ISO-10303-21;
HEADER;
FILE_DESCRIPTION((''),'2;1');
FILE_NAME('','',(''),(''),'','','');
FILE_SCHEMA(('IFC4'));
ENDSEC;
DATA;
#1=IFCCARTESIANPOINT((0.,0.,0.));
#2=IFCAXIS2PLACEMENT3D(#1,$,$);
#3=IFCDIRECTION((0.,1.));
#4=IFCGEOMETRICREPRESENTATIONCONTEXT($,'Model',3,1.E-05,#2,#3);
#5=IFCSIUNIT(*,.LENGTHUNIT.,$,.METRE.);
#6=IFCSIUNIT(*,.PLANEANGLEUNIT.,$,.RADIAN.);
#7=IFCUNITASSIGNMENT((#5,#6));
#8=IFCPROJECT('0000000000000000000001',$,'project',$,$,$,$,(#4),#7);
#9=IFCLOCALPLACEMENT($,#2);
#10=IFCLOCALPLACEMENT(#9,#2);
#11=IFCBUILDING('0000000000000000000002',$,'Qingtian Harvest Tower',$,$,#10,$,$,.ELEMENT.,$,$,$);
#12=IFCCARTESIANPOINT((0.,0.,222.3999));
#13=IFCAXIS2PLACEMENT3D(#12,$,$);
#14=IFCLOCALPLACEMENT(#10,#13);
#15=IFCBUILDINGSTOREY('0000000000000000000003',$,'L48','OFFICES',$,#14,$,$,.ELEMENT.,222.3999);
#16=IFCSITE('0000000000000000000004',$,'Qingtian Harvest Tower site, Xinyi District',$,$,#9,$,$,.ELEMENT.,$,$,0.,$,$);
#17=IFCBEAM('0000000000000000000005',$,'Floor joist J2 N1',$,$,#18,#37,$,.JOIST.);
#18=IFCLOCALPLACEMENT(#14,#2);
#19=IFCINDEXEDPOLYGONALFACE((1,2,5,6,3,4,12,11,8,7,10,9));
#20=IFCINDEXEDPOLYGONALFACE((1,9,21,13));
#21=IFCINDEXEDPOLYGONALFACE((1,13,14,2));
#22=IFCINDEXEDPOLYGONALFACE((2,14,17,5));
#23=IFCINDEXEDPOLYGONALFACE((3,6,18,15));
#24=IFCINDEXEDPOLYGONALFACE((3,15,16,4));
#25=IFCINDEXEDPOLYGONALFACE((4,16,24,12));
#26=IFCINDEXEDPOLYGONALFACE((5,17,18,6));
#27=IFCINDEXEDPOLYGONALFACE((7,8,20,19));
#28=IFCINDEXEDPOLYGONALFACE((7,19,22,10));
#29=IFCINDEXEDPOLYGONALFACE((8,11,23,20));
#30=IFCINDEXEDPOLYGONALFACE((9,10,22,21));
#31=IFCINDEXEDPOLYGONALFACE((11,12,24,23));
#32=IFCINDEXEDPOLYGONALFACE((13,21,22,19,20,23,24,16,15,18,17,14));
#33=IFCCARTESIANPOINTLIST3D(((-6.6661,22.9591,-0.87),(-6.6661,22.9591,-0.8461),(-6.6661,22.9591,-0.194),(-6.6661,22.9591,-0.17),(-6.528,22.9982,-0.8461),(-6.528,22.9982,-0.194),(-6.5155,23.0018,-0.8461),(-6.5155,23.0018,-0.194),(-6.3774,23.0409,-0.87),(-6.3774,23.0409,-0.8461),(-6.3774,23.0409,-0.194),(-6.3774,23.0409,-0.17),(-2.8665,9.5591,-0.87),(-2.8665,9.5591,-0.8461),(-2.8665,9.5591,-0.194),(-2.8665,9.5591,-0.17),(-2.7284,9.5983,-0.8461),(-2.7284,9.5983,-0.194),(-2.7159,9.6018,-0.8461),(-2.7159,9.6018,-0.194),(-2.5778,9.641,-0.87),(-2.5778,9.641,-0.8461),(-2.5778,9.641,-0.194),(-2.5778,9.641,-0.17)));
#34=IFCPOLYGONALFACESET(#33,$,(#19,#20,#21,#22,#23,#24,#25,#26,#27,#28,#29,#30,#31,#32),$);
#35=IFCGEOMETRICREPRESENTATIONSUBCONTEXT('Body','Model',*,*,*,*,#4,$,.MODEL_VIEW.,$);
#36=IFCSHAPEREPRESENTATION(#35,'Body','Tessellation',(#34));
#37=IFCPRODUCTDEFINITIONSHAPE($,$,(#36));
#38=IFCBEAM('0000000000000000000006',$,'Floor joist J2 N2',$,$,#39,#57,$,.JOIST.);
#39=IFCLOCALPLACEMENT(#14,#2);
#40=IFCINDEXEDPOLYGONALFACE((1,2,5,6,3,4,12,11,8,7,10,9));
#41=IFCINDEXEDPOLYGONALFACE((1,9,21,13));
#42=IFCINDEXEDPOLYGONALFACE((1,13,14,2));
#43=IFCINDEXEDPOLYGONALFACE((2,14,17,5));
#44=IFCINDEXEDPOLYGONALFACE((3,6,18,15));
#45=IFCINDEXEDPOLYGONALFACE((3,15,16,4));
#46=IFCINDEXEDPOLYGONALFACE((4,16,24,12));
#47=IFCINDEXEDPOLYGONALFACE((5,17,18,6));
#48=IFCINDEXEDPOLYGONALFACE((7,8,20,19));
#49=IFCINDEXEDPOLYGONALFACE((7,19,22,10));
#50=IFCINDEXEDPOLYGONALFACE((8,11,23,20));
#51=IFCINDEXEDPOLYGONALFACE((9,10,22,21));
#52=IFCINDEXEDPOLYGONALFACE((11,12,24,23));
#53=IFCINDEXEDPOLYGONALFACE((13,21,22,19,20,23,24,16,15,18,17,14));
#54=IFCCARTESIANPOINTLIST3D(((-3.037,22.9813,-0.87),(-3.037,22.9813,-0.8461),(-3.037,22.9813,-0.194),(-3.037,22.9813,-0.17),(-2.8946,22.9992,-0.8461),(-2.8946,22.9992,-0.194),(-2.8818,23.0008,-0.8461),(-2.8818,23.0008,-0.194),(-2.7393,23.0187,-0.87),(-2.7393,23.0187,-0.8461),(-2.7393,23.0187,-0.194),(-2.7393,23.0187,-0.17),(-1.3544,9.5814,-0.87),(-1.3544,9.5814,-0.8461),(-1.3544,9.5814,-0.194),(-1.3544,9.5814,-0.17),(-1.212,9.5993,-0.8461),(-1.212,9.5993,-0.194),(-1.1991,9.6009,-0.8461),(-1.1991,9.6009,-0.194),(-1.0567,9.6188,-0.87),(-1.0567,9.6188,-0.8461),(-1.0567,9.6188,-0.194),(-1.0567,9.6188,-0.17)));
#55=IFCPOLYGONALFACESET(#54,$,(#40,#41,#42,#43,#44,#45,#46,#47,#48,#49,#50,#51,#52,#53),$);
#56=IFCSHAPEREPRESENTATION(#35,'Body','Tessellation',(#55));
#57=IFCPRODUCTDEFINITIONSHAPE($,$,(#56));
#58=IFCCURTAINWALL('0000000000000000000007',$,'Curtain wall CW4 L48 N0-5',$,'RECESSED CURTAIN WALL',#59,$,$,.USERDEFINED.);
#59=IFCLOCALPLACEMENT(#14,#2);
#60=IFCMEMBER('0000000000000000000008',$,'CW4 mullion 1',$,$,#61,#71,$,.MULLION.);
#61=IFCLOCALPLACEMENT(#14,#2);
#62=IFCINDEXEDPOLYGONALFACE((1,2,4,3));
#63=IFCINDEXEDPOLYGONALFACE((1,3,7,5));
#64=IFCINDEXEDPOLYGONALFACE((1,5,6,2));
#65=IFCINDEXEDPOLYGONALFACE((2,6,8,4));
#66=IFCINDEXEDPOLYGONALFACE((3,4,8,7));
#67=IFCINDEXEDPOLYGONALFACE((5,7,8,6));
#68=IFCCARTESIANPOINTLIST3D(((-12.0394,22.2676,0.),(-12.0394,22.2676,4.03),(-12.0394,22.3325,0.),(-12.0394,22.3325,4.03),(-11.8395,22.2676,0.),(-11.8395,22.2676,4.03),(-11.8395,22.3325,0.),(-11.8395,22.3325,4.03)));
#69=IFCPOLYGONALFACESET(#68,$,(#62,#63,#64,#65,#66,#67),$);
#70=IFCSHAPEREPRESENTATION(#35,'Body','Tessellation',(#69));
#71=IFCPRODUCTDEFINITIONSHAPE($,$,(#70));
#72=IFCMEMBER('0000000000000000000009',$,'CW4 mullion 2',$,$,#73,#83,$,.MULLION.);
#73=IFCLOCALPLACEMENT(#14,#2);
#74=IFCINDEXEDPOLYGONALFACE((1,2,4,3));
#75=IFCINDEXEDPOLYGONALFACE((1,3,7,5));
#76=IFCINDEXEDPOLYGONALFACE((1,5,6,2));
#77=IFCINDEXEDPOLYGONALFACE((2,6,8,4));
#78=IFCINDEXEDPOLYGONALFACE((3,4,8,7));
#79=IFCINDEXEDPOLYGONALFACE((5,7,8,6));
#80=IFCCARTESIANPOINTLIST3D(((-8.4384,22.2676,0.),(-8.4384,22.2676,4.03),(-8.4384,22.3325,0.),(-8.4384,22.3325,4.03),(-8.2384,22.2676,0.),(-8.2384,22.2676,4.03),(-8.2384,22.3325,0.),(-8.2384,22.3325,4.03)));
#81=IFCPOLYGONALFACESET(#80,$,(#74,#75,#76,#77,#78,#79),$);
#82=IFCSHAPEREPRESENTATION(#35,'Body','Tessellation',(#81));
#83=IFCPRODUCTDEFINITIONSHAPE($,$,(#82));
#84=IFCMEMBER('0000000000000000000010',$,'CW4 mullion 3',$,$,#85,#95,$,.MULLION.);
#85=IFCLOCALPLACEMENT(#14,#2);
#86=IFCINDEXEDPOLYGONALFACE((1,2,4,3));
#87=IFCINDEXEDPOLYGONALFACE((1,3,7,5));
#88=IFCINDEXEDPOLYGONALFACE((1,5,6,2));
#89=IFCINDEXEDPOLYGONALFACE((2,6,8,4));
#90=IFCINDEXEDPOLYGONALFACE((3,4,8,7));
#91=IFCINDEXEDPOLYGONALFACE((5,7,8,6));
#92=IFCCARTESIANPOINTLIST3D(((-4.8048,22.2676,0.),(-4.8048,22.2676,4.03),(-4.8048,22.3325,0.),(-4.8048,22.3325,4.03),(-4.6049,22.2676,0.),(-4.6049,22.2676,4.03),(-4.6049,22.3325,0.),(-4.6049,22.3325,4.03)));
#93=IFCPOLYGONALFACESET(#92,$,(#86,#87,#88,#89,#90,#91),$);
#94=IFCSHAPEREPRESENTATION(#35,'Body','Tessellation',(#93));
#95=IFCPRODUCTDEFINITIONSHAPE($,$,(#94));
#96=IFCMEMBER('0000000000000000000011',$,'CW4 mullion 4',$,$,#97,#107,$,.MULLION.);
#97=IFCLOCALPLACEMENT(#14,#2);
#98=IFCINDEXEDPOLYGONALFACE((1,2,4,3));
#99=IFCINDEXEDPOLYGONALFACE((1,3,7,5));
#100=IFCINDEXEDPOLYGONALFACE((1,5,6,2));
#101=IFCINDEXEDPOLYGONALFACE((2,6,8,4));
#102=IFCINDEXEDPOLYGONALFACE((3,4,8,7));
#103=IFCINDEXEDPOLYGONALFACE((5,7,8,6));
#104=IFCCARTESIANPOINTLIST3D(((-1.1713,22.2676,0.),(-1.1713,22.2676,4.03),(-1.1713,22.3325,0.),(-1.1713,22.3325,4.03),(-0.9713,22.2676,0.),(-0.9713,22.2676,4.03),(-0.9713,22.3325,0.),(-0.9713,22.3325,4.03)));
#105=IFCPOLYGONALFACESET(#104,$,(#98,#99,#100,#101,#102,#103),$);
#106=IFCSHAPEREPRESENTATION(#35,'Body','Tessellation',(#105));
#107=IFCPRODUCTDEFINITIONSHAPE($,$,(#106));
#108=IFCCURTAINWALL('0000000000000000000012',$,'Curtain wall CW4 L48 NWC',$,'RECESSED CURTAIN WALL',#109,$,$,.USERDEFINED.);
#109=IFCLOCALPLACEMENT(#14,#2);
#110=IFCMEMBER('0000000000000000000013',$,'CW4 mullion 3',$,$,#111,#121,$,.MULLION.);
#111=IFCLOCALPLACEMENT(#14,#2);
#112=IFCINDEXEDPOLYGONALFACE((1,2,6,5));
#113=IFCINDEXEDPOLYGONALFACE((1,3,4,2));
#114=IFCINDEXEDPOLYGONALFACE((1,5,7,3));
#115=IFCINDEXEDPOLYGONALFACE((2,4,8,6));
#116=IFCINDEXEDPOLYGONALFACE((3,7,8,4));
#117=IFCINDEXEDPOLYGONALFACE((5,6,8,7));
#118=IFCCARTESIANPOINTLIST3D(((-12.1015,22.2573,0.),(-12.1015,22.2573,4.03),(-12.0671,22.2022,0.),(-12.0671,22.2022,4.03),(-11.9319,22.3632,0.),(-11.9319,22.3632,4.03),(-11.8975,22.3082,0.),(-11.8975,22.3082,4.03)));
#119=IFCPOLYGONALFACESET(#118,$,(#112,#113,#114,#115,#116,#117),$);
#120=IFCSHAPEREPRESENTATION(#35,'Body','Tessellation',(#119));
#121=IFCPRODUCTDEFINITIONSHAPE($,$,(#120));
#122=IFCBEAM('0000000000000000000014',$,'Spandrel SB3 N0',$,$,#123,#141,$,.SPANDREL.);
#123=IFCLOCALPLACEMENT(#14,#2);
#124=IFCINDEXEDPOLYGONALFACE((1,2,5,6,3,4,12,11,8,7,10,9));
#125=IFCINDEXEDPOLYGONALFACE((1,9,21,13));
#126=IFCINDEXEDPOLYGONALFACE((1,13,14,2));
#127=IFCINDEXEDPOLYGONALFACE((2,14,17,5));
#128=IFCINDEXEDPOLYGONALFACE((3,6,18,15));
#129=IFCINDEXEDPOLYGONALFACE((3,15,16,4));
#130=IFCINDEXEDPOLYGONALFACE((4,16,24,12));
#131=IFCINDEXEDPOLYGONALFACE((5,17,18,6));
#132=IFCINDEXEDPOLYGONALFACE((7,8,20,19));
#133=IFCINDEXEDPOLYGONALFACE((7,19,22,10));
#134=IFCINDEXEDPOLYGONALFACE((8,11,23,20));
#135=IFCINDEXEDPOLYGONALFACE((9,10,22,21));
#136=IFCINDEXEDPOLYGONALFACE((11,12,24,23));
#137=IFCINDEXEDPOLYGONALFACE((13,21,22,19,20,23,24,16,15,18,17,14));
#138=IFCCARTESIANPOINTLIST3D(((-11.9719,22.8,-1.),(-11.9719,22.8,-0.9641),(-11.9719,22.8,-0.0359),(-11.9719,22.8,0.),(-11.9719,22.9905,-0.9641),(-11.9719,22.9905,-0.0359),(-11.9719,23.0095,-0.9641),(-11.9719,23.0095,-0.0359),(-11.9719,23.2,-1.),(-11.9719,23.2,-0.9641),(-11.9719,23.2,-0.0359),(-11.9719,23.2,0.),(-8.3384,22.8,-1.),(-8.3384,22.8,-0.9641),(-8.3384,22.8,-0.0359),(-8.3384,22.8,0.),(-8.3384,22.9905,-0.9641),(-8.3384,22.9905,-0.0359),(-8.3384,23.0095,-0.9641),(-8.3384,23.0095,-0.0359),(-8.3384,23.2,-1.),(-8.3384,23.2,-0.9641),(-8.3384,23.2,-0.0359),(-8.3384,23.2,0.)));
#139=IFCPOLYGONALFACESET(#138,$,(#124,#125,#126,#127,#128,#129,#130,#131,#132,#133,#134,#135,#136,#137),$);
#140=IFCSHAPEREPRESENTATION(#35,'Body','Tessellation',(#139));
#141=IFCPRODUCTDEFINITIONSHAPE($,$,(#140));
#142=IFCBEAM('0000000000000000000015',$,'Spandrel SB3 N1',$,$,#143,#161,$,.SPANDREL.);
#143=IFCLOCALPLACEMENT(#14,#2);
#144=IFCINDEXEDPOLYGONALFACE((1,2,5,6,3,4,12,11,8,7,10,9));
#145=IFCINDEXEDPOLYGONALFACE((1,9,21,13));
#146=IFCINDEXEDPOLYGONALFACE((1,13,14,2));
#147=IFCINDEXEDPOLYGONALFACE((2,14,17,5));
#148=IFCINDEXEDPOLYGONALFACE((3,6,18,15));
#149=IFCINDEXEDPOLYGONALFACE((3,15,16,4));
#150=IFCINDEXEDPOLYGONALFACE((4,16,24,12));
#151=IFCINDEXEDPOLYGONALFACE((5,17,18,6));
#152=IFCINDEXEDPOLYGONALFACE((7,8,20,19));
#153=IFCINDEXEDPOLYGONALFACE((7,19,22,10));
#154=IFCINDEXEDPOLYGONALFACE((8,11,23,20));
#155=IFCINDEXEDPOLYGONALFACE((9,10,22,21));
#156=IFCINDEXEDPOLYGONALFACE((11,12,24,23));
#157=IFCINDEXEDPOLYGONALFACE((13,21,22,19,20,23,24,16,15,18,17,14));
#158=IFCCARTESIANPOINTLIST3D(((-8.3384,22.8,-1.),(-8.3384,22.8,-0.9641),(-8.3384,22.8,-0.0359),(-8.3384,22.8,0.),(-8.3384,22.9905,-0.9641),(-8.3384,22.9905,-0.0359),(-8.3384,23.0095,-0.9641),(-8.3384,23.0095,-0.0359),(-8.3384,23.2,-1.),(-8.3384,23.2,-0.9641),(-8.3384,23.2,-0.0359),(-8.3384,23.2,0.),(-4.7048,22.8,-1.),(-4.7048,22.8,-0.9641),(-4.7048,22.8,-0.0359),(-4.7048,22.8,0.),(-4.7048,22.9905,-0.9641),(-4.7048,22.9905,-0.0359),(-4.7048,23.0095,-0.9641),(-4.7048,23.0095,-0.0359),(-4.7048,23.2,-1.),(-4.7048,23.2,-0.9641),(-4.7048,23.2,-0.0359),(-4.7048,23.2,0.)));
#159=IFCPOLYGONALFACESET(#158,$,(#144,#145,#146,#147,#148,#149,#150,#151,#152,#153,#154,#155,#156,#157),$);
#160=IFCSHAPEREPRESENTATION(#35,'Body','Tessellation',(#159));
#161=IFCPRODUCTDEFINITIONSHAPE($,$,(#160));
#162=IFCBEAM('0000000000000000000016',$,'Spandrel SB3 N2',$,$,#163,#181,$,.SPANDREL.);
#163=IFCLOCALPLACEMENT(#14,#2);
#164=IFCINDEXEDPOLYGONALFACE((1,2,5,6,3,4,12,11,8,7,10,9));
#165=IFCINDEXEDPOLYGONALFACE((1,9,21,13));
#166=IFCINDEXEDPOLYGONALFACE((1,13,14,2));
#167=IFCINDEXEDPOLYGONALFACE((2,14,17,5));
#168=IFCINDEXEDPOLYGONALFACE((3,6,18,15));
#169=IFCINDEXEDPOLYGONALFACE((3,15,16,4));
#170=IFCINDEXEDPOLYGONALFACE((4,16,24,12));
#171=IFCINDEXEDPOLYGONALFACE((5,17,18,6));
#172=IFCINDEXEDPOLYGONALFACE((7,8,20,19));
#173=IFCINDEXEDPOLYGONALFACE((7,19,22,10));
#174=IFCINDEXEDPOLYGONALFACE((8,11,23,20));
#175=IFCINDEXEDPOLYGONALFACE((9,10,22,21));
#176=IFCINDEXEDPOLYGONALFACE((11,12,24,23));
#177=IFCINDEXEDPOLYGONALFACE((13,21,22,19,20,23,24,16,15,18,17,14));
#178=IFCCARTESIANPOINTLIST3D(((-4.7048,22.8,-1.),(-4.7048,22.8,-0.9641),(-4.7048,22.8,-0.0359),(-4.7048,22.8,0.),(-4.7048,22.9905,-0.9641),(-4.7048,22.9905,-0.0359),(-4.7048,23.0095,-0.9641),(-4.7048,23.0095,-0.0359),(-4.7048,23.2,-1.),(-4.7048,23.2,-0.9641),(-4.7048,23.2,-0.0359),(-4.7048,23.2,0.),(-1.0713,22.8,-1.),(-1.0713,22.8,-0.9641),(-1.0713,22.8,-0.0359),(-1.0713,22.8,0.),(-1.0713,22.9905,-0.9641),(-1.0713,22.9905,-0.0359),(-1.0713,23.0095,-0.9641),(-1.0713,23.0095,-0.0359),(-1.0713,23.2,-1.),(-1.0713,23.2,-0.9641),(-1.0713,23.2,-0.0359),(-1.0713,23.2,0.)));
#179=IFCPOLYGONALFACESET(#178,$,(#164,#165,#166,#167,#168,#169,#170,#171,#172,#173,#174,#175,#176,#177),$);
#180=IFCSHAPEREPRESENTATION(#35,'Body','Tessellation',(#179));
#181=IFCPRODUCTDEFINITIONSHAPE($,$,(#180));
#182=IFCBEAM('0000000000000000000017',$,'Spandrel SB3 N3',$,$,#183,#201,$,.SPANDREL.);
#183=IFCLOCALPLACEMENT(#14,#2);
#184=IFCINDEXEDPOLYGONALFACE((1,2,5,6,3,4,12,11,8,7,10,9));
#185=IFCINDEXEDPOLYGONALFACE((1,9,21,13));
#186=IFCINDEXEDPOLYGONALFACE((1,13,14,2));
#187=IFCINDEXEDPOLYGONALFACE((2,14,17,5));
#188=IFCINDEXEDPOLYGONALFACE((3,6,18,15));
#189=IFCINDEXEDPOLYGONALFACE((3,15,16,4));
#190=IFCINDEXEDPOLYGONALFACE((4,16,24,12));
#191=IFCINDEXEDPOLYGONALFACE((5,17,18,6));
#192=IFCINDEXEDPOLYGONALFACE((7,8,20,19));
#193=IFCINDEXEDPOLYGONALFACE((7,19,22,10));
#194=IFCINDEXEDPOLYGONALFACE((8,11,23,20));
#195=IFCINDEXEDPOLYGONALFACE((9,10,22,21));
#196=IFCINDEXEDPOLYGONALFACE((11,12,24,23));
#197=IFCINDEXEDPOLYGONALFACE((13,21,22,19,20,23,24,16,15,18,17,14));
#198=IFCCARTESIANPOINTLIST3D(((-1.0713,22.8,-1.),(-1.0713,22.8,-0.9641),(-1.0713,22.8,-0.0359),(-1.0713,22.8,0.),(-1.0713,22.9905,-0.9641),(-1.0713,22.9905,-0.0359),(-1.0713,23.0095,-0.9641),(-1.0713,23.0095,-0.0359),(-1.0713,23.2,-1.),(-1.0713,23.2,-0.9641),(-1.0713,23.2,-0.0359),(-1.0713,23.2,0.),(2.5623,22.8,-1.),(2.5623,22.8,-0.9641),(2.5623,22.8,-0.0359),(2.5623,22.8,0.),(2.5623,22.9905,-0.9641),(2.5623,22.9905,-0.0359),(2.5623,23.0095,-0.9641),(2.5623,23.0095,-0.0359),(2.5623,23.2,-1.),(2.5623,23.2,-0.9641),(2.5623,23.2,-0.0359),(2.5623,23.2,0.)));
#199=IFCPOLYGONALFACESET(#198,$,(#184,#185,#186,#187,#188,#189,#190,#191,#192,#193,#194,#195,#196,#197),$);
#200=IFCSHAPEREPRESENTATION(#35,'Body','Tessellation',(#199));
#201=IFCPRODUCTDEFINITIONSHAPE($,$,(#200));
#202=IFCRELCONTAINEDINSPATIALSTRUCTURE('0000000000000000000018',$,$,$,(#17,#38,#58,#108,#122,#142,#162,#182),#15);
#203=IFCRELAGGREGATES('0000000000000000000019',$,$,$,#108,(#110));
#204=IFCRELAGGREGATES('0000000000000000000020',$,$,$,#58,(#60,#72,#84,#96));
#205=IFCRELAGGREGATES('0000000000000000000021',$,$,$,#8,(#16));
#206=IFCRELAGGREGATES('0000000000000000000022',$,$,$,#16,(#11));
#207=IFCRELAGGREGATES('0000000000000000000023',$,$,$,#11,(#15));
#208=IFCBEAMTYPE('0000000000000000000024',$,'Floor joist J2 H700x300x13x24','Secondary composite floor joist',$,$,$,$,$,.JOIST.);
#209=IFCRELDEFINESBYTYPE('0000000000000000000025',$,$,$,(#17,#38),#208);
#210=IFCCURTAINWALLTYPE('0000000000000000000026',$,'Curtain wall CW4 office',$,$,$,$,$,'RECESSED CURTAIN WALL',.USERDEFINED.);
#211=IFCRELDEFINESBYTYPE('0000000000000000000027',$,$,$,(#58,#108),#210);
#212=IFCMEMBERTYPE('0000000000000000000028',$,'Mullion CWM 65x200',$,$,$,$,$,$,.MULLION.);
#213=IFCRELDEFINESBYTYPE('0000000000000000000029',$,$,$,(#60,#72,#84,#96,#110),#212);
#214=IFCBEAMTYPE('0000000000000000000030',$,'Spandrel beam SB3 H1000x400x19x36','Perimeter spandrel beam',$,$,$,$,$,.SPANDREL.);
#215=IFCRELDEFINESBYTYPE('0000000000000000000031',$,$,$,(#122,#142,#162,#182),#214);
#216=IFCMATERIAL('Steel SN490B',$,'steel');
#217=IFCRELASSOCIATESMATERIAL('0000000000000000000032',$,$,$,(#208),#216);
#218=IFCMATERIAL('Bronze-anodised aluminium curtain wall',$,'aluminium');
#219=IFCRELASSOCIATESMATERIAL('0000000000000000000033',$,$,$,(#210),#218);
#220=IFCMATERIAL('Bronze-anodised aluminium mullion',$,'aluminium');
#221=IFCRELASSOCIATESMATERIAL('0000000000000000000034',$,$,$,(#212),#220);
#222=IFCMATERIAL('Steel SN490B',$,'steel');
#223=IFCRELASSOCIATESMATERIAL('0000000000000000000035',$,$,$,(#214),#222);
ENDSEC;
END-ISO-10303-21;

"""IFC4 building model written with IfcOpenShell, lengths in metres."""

from ifc_helpers import new_model, si_unit, direction, frame, origin, origin_2d, place, context, subcontext, project, spatial, rectangle, i_section, extrude, material, material_profile, profile_set, type_object, element, aggregate, save


model = new_model("IFC4")

# Units and contexts
model_context = context("Model", 3, precision=1e-05, world=origin(), true_north=direction((0.0, 1.0)))
body_context = subcontext(model_context, "Body", "Model", "MODEL_VIEW")
ifc_project = project(units=[si_unit("LENGTHUNIT", "METRE"), si_unit("PLANEANGLEUNIT", "RADIAN")], contexts=[model_context])

# Site, building, storey
site_placement = place(None, origin())
site = spatial("IfcSite", under=ifc_project, at=site_placement, Name="Qingtian Harvest Tower site, Xinyi District", CompositionType="ELEMENT", RefElevation=0.0)
building_placement = place(site_placement, origin())
building = spatial("IfcBuilding", under=site, at=building_placement, Name="Qingtian Harvest Tower", CompositionType="ELEMENT")
storey_placement = place(building_placement, frame((0.0, 0.0, 222.3999)))
storey = spatial("IfcBuildingStorey", under=building, at=storey_placement, Name="L48", Description="OFFICES", CompositionType="ELEMENT", Elevation=222.3999)

# Beams
ifc_material_1 = material(Name="Steel SN490B", Category="steel")
ifc_material_profile_1 = material_profile(ifc_material_1, i_section(OverallWidth=0.3, OverallDepth=0.7, WebThickness=0.0129, FlangeThickness=0.0239, at=origin_2d()), Name="H700x300x13x24")
ifc_profile_set_1 = profile_set([ifc_material_profile_1], Name="Steel SN490B")
beam_type_1 = type_object("IfcBeamType", Name="Floor joist J2 H700x300x13x24", Description="Secondary composite floor joist", PredefinedType="JOIST", material=ifc_profile_set_1)
beam_1_placement = place(storey_placement, frame((-6.5217, 23.0, -0.52), z_axis=(0.272797, -0.962072, 0.0), x_axis=(0.962072, 0.272797, 0.0)))
element("IfcBeam", 1, at=beam_1_placement, inside=storey, type_object=beam_type_1, Name="Floor joist J2 N1", PredefinedType="JOIST", context=body_context, shape_type="SweptSolid", body=[
    extrude(i_section(OverallWidth=0.3, OverallDepth=0.7, WebThickness=0.0129, FlangeThickness=0.0239, at=origin_2d()), origin(), (0.0, 0.0, 1.0), 13.9282),
])
beam_2_placement = place(storey_placement, frame((-2.8882, 23.0, -0.52), z_axis=(0.124591, -0.992208, 0.0), x_axis=(0.992208, 0.124591, 0.0)))
element("IfcBeam", 2, at=beam_2_placement, inside=storey, type_object=beam_type_1, Name="Floor joist J2 N2", PredefinedType="JOIST", context=body_context, shape_type="SweptSolid", body=[
    extrude(i_section(OverallWidth=0.3, OverallDepth=0.7, WebThickness=0.0129, FlangeThickness=0.0239, at=origin_2d()), origin(), (0.0, 0.0, 1.0), 13.5051),
])

# Curtain wall, members
ifc_material_2 = material(Name="Bronze-anodised aluminium curtain wall", Category="aluminium")
curtain_wall_type = type_object("IfcCurtainWallType", Name="Curtain wall CW4 office", ElementType="RECESSED CURTAIN WALL", PredefinedType="USERDEFINED", material=ifc_material_2)
curtain_wall_1_placement = place(storey_placement, origin())
curtain_wall_1 = element("IfcCurtainWall", 3, at=curtain_wall_1_placement, inside=storey, type_object=curtain_wall_type, Name="Curtain wall CW4 L48 N0-5", ObjectType="RECESSED CURTAIN WALL", PredefinedType="USERDEFINED")
ifc_material_3 = material(Name="Bronze-anodised aluminium mullion", Category="aluminium")
ifc_material_profile_2 = material_profile(ifc_material_3, rectangle(XDim=0.0649, YDim=0.2, at=origin_2d()), Name="AL 65x200")
ifc_profile_set_2 = profile_set([ifc_material_profile_2], Name="Bronze-anodised aluminium mullion")
member_type_1 = type_object("IfcMemberType", Name="Mullion CWM 65x200", PredefinedType="MULLION", material=ifc_profile_set_2)
member_1_placement = place(storey_placement, frame((-11.9395, 22.3, 0.0), z_axis=(0.0, 0.0, 1.0), x_axis=(0.0, 1.0, 0.0)))
member_1 = element("IfcMember", 4, at=member_1_placement, type_object=member_type_1, Name="CW4 mullion 1", PredefinedType="MULLION", context=body_context, shape_type="SweptSolid", body=[
    extrude(rectangle(XDim=0.0649, YDim=0.2, at=origin_2d()), origin(), (0.0, 0.0, 1.0), 4.03),
])
member_2_placement = place(storey_placement, frame((-8.3384, 22.3, 0.0), z_axis=(0.0, 0.0, 1.0), x_axis=(0.0, 1.0, 0.0)))
member_2 = element("IfcMember", 5, at=member_2_placement, type_object=member_type_1, Name="CW4 mullion 2", PredefinedType="MULLION", context=body_context, shape_type="SweptSolid", body=[
    extrude(rectangle(XDim=0.0649, YDim=0.2, at=origin_2d()), origin(), (0.0, 0.0, 1.0), 4.03),
])
member_3_placement = place(storey_placement, frame((-4.7048, 22.3, 0.0), z_axis=(0.0, 0.0, 1.0), x_axis=(0.0, 1.0, 0.0)))
member_3 = element("IfcMember", 6, at=member_3_placement, type_object=member_type_1, Name="CW4 mullion 3", PredefinedType="MULLION", context=body_context, shape_type="SweptSolid", body=[
    extrude(rectangle(XDim=0.0649, YDim=0.2, at=origin_2d()), origin(), (0.0, 0.0, 1.0), 4.03),
])
member_4_placement = place(storey_placement, frame((-1.0713, 22.3, 0.0), z_axis=(0.0, 0.0, 1.0), x_axis=(0.0, 1.0, 0.0)))
member_4 = element("IfcMember", 7, at=member_4_placement, type_object=member_type_1, Name="CW4 mullion 4", PredefinedType="MULLION", context=body_context, shape_type="SweptSolid", body=[
    extrude(rectangle(XDim=0.0649, YDim=0.2, at=origin_2d()), origin(), (0.0, 0.0, 1.0), 4.03),
])

# Curtain wall, member
curtain_wall_2_placement = place(storey_placement, origin())
curtain_wall_2 = element("IfcCurtainWall", 8, at=curtain_wall_2_placement, inside=storey, type_object=curtain_wall_type, Name="Curtain wall CW4 L48 NWC", ObjectType="RECESSED CURTAIN WALL", PredefinedType="USERDEFINED")
member_5_placement = place(storey_placement, frame((-11.9995, 22.2827, 0.0), z_axis=(0.0, 0.0, 1.0), x_axis=(-0.529919, 0.848048, 0.0)))
member_5 = element("IfcMember", 9, at=member_5_placement, type_object=member_type_1, Name="CW4 mullion 3", PredefinedType="MULLION", context=body_context, shape_type="SweptSolid", body=[
    extrude(rectangle(XDim=0.0649, YDim=0.2, at=origin_2d()), origin(), (0.0, 0.0, 1.0), 4.03),
])
aggregate(curtain_wall_2, [member_5])

# Beams
ifc_material_4 = material(Name="Steel SN490B", Category="steel")
ifc_material_profile_3 = material_profile(ifc_material_4, i_section(OverallWidth=0.3999, OverallDepth=1.0, WebThickness=0.019, FlangeThickness=0.0359, at=origin_2d()), Name="H1000x400x19x36")
ifc_profile_set_3 = profile_set([ifc_material_profile_3], Name="Steel SN490B")
beam_type_2 = type_object("IfcBeamType", Name="Spandrel beam SB3 H1000x400x19x36", Description="Perimeter spandrel beam", PredefinedType="SPANDREL", material=ifc_profile_set_3)
for number, where, z_axis, x_axis, name in (
    (10, (-11.9719, 23.0, -0.5), (1.0, 0.0, 0.0), (0.0, 1.0, 0.0), "Spandrel SB3 N0"),
    (11, (-8.3384, 23.0, -0.5), (1.0, 0.0, 0.0), (0.0, 1.0, 0.0), "Spandrel SB3 N1"),
    (12, (-4.7048, 23.0, -0.5), (1.0, 0.0, 0.0), (0.0, 1.0, 0.0), "Spandrel SB3 N2"),
    (13, (-1.0713, 23.0, -0.5), (1.0, 0.0, 0.0), (0.0, 1.0, 0.0), "Spandrel SB3 N3"),
):
    element("IfcBeam", number, at=place(storey_placement, frame(where, z_axis=z_axis, x_axis=x_axis)), inside=storey, type_object=beam_type_2, Name=name, PredefinedType="SPANDREL", context=body_context, shape_type="SweptSolid", body=[
        extrude(i_section(OverallWidth=0.3999, OverallDepth=1.0, WebThickness=0.019, FlangeThickness=0.0359, at=origin_2d()), origin(), (0.0, 0.0, 1.0), 3.6335),
    ])

aggregate(curtain_wall_1, [member_1, member_2, member_3, member_4])

save(model, "model.ifc")
